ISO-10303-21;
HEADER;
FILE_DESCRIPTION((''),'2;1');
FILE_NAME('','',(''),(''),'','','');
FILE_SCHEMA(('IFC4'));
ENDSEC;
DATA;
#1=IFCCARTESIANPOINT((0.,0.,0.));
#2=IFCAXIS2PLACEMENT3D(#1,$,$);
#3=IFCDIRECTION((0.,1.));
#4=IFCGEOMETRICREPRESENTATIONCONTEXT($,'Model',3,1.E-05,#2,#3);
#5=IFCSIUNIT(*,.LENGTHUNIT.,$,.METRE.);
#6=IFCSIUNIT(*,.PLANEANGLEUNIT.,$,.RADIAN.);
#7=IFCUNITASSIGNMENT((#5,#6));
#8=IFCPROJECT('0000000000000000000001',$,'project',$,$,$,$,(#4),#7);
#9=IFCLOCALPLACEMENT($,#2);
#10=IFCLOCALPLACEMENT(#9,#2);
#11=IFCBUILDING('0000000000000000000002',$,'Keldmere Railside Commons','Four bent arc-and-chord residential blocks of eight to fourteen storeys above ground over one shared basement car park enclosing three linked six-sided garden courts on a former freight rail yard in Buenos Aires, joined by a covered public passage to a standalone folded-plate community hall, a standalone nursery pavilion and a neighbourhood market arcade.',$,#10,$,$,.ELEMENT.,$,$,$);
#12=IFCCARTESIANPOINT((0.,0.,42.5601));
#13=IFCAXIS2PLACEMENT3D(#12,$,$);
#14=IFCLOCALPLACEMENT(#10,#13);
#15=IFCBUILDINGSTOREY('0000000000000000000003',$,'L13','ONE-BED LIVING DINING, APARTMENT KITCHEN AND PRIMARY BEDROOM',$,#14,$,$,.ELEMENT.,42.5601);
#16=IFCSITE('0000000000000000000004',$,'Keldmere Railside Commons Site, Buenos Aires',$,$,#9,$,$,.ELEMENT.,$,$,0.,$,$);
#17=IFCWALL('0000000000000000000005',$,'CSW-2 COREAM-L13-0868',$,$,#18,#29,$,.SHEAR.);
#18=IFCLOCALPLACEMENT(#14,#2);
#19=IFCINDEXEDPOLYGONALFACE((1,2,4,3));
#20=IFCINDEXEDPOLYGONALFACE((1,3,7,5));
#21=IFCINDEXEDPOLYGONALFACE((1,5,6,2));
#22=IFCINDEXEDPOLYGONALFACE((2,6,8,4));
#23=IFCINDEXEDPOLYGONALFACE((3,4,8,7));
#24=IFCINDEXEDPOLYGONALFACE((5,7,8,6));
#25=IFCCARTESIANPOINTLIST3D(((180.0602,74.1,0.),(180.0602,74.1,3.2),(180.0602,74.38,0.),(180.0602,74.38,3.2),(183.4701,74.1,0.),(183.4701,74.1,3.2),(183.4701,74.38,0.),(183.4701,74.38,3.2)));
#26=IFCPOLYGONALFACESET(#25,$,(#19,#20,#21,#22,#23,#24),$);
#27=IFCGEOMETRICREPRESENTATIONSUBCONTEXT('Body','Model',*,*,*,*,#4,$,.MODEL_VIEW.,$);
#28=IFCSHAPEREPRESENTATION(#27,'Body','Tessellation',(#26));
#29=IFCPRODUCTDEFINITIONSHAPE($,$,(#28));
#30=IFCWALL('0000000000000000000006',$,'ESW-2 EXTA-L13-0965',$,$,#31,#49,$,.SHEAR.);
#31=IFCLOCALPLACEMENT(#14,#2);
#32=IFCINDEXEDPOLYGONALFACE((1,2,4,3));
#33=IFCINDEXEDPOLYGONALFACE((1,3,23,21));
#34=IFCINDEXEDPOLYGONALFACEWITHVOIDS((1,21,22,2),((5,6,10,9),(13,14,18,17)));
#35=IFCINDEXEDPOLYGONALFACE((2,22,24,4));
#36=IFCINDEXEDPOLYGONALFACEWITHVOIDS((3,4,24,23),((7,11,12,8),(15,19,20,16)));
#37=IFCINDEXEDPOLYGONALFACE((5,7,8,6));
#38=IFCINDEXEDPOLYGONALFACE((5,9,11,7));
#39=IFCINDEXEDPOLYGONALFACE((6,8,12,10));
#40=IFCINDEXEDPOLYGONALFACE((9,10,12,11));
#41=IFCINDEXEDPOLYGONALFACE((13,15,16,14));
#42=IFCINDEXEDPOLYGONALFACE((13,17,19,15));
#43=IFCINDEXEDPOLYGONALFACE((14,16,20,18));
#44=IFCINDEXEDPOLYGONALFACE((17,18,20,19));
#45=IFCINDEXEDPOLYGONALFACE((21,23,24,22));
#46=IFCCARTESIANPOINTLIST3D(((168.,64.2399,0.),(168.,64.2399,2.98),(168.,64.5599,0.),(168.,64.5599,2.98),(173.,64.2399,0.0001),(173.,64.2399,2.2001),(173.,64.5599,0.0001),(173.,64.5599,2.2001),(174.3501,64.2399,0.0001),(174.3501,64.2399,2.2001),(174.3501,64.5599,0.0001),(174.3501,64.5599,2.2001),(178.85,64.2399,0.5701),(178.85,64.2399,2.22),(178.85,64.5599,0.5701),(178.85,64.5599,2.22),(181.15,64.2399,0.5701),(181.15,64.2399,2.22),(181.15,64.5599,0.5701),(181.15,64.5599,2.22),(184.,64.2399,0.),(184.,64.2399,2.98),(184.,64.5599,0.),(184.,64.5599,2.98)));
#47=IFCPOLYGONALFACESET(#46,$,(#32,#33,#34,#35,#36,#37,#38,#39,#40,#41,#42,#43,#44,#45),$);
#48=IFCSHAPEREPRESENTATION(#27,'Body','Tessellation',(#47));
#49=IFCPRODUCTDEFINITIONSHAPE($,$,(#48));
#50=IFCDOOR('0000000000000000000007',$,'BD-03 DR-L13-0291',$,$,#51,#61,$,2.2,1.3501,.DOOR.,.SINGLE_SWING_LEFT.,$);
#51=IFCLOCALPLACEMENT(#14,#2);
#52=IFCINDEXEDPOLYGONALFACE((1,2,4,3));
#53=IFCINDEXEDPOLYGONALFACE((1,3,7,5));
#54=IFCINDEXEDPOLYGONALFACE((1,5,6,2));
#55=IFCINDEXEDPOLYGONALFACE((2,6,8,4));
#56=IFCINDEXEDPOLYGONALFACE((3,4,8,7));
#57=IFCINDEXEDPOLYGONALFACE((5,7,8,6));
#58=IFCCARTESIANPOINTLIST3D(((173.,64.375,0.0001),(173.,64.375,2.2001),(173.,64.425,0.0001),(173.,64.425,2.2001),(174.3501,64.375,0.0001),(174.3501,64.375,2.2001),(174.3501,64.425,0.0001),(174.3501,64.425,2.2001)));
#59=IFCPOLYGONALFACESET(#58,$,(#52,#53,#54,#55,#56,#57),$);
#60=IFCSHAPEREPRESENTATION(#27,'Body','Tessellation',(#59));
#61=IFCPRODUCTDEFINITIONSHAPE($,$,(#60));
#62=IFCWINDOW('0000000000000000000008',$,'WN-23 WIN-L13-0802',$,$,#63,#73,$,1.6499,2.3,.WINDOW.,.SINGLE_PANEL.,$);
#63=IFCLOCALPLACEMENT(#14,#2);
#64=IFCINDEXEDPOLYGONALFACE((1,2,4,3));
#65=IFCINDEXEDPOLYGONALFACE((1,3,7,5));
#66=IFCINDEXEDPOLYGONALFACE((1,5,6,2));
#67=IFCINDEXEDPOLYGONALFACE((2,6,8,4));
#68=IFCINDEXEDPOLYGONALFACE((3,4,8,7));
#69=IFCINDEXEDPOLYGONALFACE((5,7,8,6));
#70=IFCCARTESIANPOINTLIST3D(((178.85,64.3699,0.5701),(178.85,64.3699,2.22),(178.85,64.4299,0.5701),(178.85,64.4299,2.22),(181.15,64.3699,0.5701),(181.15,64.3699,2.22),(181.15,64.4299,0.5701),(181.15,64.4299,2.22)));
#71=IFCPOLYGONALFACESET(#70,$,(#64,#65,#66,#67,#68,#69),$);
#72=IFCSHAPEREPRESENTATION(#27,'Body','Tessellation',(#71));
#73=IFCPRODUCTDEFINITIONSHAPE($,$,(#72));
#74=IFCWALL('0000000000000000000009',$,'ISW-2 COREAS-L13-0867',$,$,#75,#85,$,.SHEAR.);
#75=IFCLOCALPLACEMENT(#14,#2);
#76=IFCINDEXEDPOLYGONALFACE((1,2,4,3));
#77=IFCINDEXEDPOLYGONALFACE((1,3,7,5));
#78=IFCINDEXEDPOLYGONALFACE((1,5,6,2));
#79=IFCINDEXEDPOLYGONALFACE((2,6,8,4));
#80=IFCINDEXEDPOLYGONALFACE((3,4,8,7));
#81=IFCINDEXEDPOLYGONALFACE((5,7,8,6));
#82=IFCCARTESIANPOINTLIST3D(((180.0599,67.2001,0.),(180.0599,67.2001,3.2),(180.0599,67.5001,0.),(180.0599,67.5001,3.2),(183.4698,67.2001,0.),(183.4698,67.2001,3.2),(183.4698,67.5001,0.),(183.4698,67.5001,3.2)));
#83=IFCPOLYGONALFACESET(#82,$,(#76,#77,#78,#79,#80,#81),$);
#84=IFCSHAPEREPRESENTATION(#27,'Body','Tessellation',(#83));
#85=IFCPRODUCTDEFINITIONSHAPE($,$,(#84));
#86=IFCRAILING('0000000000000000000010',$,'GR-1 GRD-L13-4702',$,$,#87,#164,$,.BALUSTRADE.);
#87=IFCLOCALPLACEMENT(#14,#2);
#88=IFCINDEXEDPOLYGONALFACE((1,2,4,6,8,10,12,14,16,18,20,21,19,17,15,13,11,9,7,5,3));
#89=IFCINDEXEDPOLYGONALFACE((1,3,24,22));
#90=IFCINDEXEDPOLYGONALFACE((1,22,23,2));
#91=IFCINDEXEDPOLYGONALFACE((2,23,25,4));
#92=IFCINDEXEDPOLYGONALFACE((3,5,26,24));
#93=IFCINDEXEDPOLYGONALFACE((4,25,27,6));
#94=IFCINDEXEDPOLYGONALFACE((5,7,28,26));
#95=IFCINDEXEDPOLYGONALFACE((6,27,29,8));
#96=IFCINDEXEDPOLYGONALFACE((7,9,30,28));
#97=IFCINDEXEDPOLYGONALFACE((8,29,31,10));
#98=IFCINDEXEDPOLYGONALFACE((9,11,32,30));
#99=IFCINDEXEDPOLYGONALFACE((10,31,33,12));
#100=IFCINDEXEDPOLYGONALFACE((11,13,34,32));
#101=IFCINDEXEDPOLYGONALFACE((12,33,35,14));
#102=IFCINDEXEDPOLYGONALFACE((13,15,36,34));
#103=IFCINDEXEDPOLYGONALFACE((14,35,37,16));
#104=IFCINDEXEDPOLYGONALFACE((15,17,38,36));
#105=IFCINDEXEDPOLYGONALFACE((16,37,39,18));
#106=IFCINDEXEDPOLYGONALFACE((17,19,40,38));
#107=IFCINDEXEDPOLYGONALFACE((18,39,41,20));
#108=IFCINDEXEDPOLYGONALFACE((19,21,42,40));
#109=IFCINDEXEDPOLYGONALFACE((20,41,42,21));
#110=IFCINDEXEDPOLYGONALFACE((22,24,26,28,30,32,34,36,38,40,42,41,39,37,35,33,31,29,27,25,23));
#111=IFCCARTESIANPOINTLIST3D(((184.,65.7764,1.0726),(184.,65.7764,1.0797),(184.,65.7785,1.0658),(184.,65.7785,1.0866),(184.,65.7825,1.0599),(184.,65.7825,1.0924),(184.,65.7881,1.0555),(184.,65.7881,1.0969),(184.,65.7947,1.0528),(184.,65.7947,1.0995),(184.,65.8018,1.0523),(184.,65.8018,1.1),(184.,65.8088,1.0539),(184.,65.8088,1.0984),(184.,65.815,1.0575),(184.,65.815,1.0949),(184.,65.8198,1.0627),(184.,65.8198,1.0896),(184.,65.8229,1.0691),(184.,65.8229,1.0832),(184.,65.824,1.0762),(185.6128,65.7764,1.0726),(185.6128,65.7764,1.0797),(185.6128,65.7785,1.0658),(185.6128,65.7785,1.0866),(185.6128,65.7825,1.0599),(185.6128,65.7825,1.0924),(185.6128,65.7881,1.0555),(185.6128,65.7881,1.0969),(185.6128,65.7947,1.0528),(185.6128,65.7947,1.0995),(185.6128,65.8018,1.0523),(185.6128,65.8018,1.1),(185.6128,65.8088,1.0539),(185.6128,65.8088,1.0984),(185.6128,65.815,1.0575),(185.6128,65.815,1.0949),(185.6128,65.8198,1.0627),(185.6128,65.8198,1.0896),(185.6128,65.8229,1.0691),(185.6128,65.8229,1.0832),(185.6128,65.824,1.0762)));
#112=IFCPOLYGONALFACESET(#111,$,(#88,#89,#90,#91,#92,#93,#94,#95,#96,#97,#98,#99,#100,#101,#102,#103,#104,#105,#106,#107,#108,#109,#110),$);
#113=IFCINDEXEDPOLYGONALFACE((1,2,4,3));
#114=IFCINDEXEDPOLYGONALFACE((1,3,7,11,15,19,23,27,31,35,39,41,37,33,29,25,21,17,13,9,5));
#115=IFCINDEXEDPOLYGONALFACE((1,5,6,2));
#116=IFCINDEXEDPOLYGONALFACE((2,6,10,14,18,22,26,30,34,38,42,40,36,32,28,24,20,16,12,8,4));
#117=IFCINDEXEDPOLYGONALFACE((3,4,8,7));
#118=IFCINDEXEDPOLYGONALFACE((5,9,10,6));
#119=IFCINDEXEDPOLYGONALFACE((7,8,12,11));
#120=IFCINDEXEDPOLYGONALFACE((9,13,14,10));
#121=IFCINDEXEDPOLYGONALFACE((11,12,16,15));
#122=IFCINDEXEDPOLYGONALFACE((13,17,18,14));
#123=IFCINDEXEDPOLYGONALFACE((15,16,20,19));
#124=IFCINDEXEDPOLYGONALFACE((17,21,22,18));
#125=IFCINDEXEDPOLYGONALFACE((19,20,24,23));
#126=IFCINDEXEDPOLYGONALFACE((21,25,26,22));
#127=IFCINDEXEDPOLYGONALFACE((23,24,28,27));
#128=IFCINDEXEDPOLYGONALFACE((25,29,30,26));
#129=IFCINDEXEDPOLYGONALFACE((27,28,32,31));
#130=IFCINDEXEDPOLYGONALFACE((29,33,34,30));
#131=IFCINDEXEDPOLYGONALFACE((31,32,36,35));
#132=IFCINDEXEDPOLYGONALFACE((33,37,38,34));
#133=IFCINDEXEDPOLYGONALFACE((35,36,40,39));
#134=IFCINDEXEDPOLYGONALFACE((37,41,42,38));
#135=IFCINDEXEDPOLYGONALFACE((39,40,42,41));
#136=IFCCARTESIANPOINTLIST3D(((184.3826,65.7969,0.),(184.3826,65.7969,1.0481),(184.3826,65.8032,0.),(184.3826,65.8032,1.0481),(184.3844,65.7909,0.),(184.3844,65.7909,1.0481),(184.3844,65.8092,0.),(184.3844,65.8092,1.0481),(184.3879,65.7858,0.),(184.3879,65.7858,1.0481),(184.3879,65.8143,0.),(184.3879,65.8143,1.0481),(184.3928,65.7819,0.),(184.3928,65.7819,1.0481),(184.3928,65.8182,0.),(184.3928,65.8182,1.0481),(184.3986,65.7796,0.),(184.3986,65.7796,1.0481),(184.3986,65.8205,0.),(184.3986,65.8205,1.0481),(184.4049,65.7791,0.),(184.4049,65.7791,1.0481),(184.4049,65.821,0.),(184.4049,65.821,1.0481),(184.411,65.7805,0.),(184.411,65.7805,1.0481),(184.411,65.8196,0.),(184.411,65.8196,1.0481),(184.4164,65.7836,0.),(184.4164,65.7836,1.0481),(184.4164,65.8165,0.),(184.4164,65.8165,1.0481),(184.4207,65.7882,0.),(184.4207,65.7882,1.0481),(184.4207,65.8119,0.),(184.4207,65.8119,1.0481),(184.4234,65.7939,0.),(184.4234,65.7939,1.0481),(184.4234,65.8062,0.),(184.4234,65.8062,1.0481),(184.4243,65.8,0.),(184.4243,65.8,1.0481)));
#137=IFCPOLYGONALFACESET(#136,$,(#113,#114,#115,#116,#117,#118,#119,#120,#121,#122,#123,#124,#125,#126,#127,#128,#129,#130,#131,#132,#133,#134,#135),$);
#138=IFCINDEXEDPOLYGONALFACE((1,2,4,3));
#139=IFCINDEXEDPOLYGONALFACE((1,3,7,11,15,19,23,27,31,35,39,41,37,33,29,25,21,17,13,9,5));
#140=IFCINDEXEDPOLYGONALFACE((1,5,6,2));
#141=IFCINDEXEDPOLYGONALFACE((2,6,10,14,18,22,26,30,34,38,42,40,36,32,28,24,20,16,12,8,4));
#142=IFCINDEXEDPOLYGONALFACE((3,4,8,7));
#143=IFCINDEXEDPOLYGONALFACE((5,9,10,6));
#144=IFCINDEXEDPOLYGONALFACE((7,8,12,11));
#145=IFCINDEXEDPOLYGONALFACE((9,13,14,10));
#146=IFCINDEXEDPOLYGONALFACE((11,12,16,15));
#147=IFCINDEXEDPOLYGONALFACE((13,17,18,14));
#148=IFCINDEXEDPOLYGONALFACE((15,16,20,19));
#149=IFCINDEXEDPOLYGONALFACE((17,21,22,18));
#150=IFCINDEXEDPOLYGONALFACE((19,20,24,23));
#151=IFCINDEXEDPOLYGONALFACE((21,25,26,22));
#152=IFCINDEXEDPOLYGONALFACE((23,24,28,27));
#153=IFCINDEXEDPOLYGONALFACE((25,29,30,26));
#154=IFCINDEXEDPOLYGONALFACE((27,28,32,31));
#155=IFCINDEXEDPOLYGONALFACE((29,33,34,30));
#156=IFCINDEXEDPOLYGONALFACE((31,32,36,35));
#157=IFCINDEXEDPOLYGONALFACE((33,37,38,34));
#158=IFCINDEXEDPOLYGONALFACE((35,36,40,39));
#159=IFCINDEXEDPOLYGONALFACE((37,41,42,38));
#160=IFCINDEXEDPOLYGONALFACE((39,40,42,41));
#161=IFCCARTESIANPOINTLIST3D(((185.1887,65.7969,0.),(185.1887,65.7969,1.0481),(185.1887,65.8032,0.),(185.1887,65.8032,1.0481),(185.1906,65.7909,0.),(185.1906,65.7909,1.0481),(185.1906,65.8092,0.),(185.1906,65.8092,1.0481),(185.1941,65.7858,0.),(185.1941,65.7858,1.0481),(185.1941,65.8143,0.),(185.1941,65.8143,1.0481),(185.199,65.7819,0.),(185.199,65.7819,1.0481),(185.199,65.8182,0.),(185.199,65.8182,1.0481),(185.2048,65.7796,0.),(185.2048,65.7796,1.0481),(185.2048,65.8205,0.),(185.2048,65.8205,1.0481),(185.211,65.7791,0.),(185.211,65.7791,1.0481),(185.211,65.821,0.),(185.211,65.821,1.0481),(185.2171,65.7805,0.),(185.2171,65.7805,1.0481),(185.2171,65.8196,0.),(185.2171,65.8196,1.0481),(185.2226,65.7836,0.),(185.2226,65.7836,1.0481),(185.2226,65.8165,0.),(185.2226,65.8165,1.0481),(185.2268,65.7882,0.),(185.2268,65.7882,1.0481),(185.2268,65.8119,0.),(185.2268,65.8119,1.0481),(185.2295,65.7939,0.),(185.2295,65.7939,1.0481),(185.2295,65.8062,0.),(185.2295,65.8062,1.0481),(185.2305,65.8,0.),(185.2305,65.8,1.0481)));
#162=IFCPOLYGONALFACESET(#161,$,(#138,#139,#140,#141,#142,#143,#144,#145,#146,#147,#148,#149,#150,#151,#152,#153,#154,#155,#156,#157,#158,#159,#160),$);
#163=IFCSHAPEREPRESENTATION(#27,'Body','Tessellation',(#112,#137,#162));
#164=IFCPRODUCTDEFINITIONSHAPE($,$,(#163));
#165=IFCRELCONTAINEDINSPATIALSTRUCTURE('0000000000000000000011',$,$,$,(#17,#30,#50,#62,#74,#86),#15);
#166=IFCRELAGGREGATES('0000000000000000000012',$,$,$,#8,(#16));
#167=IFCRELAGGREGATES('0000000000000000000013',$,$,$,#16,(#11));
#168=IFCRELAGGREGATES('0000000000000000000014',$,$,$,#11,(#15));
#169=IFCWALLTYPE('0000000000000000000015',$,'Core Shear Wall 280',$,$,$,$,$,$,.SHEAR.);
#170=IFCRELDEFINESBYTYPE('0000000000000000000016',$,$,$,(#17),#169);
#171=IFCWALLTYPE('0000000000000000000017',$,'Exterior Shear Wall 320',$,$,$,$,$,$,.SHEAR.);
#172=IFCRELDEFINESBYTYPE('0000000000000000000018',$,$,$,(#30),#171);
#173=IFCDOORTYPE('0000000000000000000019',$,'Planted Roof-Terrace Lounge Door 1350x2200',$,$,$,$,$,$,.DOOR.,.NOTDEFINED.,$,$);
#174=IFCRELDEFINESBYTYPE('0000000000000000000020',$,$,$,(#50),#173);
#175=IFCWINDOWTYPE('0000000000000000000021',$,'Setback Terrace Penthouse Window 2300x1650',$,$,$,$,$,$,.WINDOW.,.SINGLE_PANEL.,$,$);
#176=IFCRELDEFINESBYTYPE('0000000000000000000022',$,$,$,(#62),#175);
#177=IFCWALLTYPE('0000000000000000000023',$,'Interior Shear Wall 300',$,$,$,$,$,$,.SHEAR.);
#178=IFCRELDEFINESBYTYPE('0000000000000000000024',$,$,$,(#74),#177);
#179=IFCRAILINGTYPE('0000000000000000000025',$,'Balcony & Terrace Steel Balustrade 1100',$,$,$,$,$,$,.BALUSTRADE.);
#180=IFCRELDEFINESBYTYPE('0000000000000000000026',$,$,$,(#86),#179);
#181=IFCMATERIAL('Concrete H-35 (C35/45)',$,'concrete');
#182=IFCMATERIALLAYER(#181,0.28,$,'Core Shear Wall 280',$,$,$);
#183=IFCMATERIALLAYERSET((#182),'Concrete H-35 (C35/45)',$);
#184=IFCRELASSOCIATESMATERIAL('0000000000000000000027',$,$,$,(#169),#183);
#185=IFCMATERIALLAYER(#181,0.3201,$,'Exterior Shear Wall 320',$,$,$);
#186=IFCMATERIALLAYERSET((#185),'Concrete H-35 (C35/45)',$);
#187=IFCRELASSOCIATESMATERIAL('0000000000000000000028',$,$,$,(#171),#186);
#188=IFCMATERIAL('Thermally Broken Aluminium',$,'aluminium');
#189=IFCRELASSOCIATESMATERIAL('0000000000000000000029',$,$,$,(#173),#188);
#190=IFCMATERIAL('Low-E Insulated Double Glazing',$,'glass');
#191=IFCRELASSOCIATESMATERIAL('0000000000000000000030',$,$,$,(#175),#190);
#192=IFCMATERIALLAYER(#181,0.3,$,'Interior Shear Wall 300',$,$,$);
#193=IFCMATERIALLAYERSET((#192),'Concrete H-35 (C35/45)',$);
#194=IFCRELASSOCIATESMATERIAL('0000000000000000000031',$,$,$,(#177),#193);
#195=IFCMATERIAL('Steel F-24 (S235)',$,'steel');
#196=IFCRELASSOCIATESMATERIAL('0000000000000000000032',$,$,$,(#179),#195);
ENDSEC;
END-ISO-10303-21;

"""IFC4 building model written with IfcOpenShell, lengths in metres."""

from ifc_helpers import new_model, si_unit, direction, frame, frame_2d, origin, origin_2d, place, context, subcontext, project, spatial, rectangle, circle, extrude, material, layer, layer_set, type_object, element, fill, save


model = new_model("IFC4")

# Units and contexts
model_context = context("Model", 3, precision=1e-05, world=origin(), true_north=direction((0.0, 1.0)))
body_context = subcontext(model_context, "Body", "Model", "MODEL_VIEW")
ifc_project = project(units=[si_unit("LENGTHUNIT", "METRE"), si_unit("PLANEANGLEUNIT", "RADIAN")], contexts=[model_context])

# Site, building, storey
site_placement = place(None, origin())
site = spatial("IfcSite", under=ifc_project, at=site_placement, Name="Keldmere Railside Commons Site, Buenos Aires", CompositionType="ELEMENT", RefElevation=0.0)
building_placement = place(site_placement, origin())
building = spatial("IfcBuilding", under=site, at=building_placement, Name="Keldmere Railside Commons", Description="Four bent arc-and-chord residential blocks of eight to fourteen storeys above ground over one shared basement car park enclosing three linked six-sided garden courts on a former freight rail yard in Buenos Aires, joined by a covered public passage to a standalone folded-plate community hall, a standalone nursery pavilion and a neighbourhood market arcade.", CompositionType="ELEMENT")
storey_placement = place(building_placement, frame((0.0, 0.0, 42.5601)))
storey = spatial("IfcBuildingStorey", under=building, at=storey_placement, Name="L13", Description="ONE-BED LIVING DINING, APARTMENT KITCHEN AND PRIMARY BEDROOM", CompositionType="ELEMENT", Elevation=42.5601)

# Wall
ifc_material_1 = material(Name="Concrete H-35 (C35/45)", Category="concrete")
ifc_layer_1 = layer(ifc_material_1, 0.28, Name="Core Shear Wall 280")
ifc_layer_set_1 = layer_set([ifc_layer_1], Name="Concrete H-35 (C35/45)")
wall_type_1 = type_object("IfcWallType", Name="Core Shear Wall 280", PredefinedType="SHEAR", material=ifc_layer_set_1)
wall_1_placement = place(storey_placement, frame((180.0601, 74.24, 0.0), z_axis=(0.0, 0.0, 1.0), x_axis=(1.0, 0.0, 0.0)))
element("IfcWall", 1, at=wall_1_placement, inside=storey, type_object=wall_type_1, Name="CSW-2 COREAM-L13-0868", PredefinedType="SHEAR", context=body_context, shape_type="SweptSolid", body=[
    extrude(rectangle(XDim=3.4099, YDim=0.28, at=frame_2d((1.7051, 0.0))), origin(), (0.0, 0.0, 1.0), 3.2),
])

# Shared definitions
ifc_material_2 = material(Name="Steel F-24 (S235)", Category="steel")

# Wall, openings, door, window
ifc_layer_2 = layer(ifc_material_1, 0.3201, Name="Exterior Shear Wall 320")
ifc_layer_set_2 = layer_set([ifc_layer_2], Name="Concrete H-35 (C35/45)")
wall_type_2 = type_object("IfcWallType", Name="Exterior Shear Wall 320", PredefinedType="SHEAR", material=ifc_layer_set_2)
wall_2_placement = place(storey_placement, frame((184.0, 64.3999, 0.0), z_axis=(0.0, 0.0, 1.0), x_axis=(-1.0, 0.0, 0.0)))
wall_2 = element("IfcWall", 2, at=wall_2_placement, inside=storey, type_object=wall_type_2, Name="ESW-2 EXTA-L13-0965", PredefinedType="SHEAR", context=body_context, shape_type="SweptSolid", body=[
    extrude(rectangle(XDim=16.0, YDim=0.3201, at=frame_2d((8.0, 0.0))), origin(), (0.0, 0.0, 1.0), 2.98),
])
opening_1_placement = place(wall_2_placement, frame((9.6499, 0.0, 0.0)))
opening_1 = element("IfcOpeningElement", 3, at=opening_1_placement, cuts=wall_2, PredefinedType="OPENING", context=body_context, shape_type="SweptSolid", body=[
    extrude(rectangle(XDim=1.3501, YDim=2.2, at=frame_2d((0.675, 1.1001))), frame((0.0, 0.1699, 0.0), z_axis=(0.0, -1.0, 0.0), x_axis=(1.0, 0.0, 0.0)), (0.0, 0.0, 1.0), 0.3401),
])
opening_2_placement = place(wall_2_placement, frame((2.8501, 0.0, 0.5701)))
opening_2 = element("IfcOpeningElement", 4, at=opening_2_placement, cuts=wall_2, PredefinedType="OPENING", context=body_context, shape_type="SweptSolid", body=[
    extrude(rectangle(XDim=2.3, YDim=1.6499, at=frame_2d((1.1499, 0.825))), frame((0.0, 0.1699, 0.0), z_axis=(0.0, -1.0, 0.0), x_axis=(1.0, 0.0, 0.0)), (0.0, 0.0, 1.0), 0.3401),
])
ifc_material_3 = material(Name="Thermally Broken Aluminium", Category="aluminium")
door_type_1 = type_object("IfcDoorType", Name="Planted Roof-Terrace Lounge Door 1350x2200", OperationType="NOTDEFINED", PredefinedType="DOOR", material=ifc_material_3)
door_1_placement = place(opening_1_placement, origin())
door_1 = element("IfcDoor", 5, at=door_1_placement, inside=storey, type_object=door_type_1, Name="BD-03 DR-L13-0291", OperationType="SINGLE_SWING_LEFT", OverallHeight=2.2, OverallWidth=1.3501, PredefinedType="DOOR", context=body_context, shape_type="SweptSolid", body=[
    extrude(rectangle(XDim=1.3501, YDim=2.2, at=frame_2d((0.675, 1.1001))), frame((0.0, 0.0249, 0.0), z_axis=(0.0, -1.0, 0.0), x_axis=(1.0, 0.0, 0.0)), (0.0, 0.0, 1.0), 0.05),
])
fill(opening_1, door_1)
ifc_material_4 = material(Name="Low-E Insulated Double Glazing", Category="glass")
window_type = type_object("IfcWindowType", Name="Setback Terrace Penthouse Window 2300x1650", PartitioningType="SINGLE_PANEL", PredefinedType="WINDOW", material=ifc_material_4)
window_placement = place(opening_2_placement, origin())
window = element("IfcWindow", 6, at=window_placement, inside=storey, type_object=window_type, Name="WN-23 WIN-L13-0802", OverallHeight=1.6499, OverallWidth=2.3, PartitioningType="SINGLE_PANEL", PredefinedType="WINDOW", context=body_context, shape_type="SweptSolid", body=[
    extrude(rectangle(XDim=2.3, YDim=1.6499, at=frame_2d((1.1499, 0.825))), frame((0.0, 0.03, 0.0), z_axis=(0.0, -1.0, 0.0), x_axis=(1.0, 0.0, 0.0)), (0.0, 0.0, 1.0), 0.0601),
])
fill(opening_2, window)

# Wall
ifc_layer_3 = layer(ifc_material_1, 0.3, Name="Interior Shear Wall 300")
ifc_layer_set_3 = layer_set([ifc_layer_3], Name="Concrete H-35 (C35/45)")
wall_type_3 = type_object("IfcWallType", Name="Interior Shear Wall 300", PredefinedType="SHEAR", material=ifc_layer_set_3)
wall_3_placement = place(storey_placement, frame((183.47, 67.3501, 0.0), z_axis=(0.0, 0.0, 1.0), x_axis=(-1.0, 0.0, 0.0)))
element("IfcWall", 7, at=wall_3_placement, inside=storey, type_object=wall_type_3, Name="ISW-2 COREAS-L13-0867", PredefinedType="SHEAR", context=body_context, shape_type="SweptSolid", body=[
    extrude(rectangle(XDim=3.4099, YDim=0.3, at=frame_2d((1.7051, 0.0))), origin(), (0.0, 0.0, 1.0), 3.2),
])

# Railing
railing_type_1 = type_object("IfcRailingType", Name="Balcony & Terrace Steel Balustrade 1100", PredefinedType="BALUSTRADE", material=ifc_material_2)
railing_1_placement = place(storey_placement, frame((184.0, 65.8, 0.0)))
element("IfcRailing", 8, at=railing_1_placement, inside=storey, type_object=railing_type_1, Name="GR-1 GRD-L13-4702", PredefinedType="BALUSTRADE", context=body_context, shape_type="SweptSolid", body=[
    extrude(circle(Radius=0.0239, at=origin_2d()), frame((0.0, 0.0, 1.0762), z_axis=(1.0, 0.0, 0.0), x_axis=(0.0, 1.0, 0.0)), (0.0, 0.0, 1.0), 1.6128),
    extrude(circle(Radius=0.021, at=origin_2d()), frame((0.4033, 0.0, 0.0)), (0.0, 0.0, 1.0), 1.0481),
    extrude(circle(Radius=0.021, at=origin_2d()), frame((1.2095, 0.0, 0.0)), (0.0, 0.0, 1.0), 1.0481),
])

save(model, "model.ifc")
